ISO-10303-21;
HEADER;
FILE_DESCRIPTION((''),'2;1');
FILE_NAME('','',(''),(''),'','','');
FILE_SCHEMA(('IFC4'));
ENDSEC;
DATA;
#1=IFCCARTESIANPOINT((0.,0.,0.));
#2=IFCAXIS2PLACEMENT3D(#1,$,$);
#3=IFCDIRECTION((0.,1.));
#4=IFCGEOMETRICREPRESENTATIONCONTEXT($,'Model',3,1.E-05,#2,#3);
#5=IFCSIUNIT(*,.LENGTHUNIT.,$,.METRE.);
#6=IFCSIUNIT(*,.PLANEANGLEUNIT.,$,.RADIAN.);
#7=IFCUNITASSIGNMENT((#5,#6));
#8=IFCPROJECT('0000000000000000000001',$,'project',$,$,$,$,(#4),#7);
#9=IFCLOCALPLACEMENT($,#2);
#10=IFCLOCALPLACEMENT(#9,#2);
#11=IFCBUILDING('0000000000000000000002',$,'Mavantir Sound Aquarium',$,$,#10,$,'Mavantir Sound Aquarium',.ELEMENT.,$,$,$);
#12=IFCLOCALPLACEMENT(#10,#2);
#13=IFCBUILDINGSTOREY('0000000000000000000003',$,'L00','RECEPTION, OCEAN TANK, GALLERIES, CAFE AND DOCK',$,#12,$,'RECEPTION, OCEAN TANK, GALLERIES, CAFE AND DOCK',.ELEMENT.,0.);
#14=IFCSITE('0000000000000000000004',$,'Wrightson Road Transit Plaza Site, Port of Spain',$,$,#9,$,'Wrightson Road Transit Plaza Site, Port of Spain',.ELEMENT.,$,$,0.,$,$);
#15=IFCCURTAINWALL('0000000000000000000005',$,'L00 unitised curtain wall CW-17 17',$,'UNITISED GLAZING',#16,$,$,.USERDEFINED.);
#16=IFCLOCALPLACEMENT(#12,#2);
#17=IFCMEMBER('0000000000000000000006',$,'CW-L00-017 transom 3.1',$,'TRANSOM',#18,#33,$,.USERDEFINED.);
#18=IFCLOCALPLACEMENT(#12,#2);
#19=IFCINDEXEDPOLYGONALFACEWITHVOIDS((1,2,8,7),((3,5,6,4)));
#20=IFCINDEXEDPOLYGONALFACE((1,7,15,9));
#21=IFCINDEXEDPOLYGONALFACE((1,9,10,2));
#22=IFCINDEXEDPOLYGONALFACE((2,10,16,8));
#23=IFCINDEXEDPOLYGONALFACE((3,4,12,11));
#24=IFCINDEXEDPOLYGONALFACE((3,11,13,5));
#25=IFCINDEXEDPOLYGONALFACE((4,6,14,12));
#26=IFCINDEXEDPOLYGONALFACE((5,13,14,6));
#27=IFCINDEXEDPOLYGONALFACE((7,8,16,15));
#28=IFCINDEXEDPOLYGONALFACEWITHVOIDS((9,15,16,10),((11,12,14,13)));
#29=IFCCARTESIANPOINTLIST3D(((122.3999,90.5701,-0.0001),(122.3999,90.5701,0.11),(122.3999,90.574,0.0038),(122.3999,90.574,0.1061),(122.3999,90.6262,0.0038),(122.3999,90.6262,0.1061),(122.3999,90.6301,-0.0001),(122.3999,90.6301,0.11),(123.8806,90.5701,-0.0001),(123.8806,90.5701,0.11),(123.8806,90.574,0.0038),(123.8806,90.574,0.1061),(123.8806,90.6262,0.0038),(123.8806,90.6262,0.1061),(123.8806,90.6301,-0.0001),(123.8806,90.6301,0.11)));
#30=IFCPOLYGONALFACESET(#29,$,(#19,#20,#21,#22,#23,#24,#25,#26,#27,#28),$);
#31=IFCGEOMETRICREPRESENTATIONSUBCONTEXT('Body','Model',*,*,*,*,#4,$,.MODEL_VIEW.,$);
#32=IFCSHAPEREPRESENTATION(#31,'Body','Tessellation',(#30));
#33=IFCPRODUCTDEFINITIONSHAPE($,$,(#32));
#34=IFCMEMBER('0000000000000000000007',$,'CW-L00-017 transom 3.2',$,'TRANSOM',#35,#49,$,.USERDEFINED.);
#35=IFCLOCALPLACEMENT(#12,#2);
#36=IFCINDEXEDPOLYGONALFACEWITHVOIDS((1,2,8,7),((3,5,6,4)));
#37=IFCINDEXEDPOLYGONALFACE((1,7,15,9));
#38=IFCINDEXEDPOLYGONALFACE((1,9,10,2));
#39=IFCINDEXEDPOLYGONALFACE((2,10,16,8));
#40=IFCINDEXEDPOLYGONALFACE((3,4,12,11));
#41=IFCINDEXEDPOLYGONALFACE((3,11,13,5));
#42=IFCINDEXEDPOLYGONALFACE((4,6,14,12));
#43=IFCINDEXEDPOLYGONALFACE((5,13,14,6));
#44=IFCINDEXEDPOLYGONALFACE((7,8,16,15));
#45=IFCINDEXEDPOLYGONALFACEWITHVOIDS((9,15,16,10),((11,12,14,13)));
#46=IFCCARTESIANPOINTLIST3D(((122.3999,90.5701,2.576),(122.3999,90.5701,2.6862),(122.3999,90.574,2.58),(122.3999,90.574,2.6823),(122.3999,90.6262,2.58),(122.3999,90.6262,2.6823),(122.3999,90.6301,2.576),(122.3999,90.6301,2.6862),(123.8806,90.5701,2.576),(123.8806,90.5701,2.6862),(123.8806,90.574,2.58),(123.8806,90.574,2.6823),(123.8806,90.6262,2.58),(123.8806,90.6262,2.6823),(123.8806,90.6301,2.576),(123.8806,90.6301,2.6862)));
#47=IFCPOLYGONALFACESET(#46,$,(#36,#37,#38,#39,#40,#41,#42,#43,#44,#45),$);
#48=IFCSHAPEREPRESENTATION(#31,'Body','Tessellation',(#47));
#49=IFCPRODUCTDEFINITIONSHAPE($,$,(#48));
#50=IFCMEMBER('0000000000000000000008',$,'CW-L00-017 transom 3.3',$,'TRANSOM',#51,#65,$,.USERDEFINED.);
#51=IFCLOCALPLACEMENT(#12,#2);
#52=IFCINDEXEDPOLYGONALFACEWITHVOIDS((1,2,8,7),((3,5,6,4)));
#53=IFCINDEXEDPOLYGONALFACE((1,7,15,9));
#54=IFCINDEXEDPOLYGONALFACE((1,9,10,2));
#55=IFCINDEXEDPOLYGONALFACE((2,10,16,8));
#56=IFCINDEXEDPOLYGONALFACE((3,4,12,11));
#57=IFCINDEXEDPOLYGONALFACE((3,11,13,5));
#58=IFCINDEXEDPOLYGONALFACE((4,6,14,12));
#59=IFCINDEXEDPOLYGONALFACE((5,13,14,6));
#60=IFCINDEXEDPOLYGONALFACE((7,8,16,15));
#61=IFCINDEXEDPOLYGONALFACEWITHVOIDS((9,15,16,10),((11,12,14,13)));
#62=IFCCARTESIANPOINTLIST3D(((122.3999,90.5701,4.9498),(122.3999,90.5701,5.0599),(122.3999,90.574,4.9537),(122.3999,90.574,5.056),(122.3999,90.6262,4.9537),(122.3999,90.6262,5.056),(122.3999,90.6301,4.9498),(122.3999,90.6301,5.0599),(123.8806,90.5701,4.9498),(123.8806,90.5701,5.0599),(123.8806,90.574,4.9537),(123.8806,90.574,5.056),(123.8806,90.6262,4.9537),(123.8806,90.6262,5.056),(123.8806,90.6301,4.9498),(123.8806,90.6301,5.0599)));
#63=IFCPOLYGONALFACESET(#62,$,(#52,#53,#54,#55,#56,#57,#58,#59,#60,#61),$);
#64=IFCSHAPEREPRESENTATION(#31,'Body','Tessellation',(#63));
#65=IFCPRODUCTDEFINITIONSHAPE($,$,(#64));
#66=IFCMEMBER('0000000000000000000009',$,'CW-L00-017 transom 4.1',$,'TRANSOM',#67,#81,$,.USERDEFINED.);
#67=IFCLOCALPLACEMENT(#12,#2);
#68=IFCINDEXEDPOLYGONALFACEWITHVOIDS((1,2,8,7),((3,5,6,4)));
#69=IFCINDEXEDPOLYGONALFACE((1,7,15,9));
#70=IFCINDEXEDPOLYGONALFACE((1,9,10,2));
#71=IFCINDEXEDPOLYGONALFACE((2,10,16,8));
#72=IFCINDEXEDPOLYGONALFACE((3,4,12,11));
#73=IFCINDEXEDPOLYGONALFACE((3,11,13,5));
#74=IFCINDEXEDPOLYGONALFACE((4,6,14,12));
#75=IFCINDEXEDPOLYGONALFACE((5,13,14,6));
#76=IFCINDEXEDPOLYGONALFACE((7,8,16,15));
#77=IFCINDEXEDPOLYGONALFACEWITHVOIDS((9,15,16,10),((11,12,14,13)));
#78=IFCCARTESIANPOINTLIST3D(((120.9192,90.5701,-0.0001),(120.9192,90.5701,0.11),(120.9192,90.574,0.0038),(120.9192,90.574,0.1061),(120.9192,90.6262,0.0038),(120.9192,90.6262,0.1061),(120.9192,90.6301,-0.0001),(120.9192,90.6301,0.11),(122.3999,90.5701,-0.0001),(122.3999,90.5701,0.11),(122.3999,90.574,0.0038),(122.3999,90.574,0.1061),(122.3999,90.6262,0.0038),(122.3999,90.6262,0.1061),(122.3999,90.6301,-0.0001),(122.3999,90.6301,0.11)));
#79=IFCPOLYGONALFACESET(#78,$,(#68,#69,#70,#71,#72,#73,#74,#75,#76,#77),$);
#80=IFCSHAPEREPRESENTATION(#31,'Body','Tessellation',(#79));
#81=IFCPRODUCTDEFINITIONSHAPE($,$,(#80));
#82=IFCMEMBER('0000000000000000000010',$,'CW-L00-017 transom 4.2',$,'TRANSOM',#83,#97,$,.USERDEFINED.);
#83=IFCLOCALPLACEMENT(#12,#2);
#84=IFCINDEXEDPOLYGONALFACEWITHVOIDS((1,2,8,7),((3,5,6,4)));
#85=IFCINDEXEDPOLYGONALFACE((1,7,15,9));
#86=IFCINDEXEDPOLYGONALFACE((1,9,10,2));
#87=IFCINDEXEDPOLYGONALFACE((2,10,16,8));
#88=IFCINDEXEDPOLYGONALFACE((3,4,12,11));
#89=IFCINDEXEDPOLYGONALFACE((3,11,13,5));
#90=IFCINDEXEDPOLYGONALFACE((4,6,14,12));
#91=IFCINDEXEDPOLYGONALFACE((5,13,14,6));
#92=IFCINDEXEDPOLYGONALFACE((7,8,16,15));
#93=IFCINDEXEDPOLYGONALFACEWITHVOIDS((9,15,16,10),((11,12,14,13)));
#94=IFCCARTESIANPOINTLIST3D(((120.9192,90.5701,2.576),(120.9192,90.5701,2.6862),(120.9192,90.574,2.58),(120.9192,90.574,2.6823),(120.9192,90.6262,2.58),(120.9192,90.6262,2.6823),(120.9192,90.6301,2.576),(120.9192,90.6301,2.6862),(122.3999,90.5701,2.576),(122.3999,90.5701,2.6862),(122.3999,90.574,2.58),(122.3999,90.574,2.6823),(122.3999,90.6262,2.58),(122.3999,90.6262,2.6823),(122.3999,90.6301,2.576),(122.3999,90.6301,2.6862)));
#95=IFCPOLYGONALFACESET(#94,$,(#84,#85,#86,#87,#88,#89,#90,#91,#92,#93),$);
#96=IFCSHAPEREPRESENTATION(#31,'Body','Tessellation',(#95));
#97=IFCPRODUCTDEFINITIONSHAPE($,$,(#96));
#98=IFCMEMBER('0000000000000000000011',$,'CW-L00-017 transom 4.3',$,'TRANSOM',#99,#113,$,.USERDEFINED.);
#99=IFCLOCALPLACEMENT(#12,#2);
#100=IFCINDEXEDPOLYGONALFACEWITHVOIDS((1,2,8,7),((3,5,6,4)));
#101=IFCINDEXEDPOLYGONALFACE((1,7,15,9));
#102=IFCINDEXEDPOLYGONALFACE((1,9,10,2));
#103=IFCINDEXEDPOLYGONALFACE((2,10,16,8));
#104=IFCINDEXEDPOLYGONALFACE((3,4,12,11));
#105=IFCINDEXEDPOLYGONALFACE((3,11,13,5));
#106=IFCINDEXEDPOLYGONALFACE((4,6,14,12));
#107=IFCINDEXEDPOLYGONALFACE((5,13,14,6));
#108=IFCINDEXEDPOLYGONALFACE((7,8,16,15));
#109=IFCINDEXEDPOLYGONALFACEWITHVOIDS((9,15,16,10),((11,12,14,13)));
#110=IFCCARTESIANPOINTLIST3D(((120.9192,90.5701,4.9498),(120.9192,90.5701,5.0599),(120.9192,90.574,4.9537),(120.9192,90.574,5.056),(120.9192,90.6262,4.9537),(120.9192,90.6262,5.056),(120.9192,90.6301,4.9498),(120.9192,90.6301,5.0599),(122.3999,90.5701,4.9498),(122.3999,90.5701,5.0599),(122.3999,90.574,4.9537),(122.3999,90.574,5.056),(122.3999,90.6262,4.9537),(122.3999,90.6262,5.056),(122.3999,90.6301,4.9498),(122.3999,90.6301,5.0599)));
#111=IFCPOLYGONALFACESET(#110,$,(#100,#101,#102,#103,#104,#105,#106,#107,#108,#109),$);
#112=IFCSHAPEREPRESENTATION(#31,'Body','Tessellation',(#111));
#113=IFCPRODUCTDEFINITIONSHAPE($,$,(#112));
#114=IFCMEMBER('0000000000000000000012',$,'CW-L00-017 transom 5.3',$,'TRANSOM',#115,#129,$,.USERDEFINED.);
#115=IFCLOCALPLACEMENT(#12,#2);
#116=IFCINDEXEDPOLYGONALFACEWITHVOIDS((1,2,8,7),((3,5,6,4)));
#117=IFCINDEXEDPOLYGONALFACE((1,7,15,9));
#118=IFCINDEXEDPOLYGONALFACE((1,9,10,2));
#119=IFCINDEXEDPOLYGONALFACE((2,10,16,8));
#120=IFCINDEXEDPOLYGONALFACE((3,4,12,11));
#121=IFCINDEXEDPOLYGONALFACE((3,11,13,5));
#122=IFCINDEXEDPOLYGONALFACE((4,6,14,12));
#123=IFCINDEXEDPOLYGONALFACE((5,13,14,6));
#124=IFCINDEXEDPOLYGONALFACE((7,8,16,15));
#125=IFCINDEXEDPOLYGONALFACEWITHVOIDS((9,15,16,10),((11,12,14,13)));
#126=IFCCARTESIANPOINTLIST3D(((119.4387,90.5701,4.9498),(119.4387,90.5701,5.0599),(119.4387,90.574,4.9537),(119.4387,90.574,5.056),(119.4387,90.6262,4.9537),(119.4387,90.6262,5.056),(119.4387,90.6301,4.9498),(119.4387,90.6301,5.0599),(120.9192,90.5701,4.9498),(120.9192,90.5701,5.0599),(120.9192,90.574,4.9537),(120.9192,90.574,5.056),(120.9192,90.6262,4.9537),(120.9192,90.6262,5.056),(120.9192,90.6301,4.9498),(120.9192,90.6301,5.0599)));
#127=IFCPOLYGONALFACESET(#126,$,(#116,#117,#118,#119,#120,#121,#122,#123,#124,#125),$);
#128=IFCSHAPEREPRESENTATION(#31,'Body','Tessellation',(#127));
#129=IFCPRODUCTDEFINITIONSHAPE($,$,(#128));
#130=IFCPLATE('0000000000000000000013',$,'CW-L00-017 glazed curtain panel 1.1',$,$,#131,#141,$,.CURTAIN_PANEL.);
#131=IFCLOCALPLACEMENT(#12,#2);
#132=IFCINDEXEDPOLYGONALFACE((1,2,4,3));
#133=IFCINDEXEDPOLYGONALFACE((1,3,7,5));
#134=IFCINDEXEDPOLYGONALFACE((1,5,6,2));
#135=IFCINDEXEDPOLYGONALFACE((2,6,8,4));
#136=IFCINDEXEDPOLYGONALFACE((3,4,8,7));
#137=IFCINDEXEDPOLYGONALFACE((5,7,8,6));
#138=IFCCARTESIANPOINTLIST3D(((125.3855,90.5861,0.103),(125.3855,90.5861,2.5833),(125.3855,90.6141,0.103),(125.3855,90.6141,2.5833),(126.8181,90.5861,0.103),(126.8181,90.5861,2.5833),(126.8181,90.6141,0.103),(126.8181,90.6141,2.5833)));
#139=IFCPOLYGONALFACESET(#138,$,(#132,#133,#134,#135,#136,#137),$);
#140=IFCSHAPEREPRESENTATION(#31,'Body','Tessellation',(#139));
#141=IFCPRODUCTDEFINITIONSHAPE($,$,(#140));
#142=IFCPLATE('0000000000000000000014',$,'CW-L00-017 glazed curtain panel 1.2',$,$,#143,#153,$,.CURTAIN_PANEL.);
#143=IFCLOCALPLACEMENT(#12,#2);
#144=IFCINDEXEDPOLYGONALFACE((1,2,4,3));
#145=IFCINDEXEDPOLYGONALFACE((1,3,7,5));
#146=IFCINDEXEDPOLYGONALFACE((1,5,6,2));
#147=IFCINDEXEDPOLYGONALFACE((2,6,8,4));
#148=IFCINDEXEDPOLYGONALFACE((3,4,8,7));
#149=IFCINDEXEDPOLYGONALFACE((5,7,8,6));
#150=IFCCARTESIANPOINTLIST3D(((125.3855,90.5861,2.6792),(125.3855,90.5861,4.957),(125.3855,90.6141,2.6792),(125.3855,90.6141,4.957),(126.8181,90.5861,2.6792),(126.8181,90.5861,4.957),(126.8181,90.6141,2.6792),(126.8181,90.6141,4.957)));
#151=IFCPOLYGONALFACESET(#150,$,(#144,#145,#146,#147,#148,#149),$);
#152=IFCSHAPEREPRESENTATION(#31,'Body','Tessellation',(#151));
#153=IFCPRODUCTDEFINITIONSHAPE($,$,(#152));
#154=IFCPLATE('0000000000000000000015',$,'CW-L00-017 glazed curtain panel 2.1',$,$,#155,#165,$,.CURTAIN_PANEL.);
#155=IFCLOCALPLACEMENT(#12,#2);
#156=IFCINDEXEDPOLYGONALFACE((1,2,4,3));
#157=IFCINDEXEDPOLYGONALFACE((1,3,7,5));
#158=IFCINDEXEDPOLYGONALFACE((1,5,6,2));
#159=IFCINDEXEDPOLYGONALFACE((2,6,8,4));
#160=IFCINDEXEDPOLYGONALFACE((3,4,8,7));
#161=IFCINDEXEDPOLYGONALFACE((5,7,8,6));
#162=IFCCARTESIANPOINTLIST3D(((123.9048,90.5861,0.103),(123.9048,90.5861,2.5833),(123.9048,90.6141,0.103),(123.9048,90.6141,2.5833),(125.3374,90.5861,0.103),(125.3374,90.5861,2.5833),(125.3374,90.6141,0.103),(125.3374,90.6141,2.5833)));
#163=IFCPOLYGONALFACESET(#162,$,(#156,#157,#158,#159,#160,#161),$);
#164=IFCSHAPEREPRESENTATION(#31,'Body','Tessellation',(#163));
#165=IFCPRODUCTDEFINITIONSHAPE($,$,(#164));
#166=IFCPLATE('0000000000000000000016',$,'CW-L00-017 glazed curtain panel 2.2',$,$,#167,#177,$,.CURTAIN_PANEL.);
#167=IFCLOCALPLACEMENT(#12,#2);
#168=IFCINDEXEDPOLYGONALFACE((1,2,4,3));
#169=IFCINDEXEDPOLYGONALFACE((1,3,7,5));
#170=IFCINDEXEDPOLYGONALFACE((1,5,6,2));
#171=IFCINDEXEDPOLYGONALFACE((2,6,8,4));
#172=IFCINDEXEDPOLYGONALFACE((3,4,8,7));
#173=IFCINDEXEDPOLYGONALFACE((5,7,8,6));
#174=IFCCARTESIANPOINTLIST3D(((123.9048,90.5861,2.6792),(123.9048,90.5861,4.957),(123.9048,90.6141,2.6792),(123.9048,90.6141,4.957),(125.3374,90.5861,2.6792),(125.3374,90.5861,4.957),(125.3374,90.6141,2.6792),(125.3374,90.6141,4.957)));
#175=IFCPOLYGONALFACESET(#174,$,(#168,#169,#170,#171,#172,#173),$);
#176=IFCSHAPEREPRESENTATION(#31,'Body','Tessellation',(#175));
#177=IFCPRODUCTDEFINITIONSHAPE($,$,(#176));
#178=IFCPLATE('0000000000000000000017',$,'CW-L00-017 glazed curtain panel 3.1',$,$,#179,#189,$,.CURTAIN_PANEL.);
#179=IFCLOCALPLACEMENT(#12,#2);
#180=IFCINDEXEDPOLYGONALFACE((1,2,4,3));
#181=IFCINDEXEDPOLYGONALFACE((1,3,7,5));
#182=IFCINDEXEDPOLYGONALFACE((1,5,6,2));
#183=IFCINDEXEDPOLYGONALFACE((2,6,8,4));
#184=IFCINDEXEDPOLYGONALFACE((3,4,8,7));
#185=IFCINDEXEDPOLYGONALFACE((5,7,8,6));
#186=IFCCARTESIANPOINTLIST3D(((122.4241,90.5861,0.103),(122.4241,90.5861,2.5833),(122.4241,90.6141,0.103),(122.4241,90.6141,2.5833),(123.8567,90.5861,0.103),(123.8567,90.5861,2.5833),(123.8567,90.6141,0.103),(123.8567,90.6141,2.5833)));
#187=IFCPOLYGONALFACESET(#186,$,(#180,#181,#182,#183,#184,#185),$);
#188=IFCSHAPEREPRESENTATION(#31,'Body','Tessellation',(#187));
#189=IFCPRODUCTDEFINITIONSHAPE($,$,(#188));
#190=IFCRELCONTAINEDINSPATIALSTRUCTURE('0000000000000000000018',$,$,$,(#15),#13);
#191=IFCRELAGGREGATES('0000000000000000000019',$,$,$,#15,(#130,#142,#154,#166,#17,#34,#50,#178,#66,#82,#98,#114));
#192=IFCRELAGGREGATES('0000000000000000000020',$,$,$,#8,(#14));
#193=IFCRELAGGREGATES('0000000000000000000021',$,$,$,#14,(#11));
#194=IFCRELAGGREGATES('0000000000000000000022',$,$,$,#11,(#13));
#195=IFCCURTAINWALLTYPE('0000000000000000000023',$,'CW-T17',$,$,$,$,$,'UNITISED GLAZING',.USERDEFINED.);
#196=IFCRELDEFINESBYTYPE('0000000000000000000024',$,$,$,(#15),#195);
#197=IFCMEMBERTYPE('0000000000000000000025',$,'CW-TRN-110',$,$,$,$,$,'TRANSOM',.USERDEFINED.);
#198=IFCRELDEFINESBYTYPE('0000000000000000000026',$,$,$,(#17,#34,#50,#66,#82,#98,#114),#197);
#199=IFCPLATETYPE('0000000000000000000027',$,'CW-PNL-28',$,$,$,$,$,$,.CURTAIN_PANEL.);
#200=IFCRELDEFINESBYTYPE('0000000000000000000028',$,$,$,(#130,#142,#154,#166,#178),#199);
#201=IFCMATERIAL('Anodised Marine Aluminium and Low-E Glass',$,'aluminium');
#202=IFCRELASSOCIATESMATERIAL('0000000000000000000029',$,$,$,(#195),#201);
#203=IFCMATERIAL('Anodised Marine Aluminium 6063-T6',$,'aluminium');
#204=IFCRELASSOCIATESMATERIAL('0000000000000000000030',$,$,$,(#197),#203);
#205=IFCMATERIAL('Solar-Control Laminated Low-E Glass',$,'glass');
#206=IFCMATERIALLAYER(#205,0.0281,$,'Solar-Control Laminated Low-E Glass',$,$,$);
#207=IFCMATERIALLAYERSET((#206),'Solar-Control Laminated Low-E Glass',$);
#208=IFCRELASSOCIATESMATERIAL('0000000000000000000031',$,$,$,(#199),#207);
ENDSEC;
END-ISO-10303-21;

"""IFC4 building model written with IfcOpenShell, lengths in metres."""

from ifc_helpers import new_model, si_unit, direction, frame, origin, origin_2d, place, context, subcontext, project, spatial, rectangle, hollow_rectangle, extrude, material, layer, layer_set, material_profile, profile_set, type_object, element, aggregate, save


model = new_model("IFC4")

# Units and contexts
model_context = context("Model", 3, precision=1e-05, world=origin(), true_north=direction((0.0, 1.0)))
body_context = subcontext(model_context, "Body", "Model", "MODEL_VIEW")
ifc_project = project(units=[si_unit("LENGTHUNIT", "METRE"), si_unit("PLANEANGLEUNIT", "RADIAN")], contexts=[model_context])

# Site, building, storey
site_placement = place(None, origin())
site = spatial("IfcSite", under=ifc_project, at=site_placement, Name="Wrightson Road Transit Plaza Site, Port of Spain", LongName="Wrightson Road Transit Plaza Site, Port of Spain", CompositionType="ELEMENT", RefElevation=0.0)
building_placement = place(site_placement, origin())
building = spatial("IfcBuilding", under=site, at=building_placement, Name="Mavantir Sound Aquarium", LongName="Mavantir Sound Aquarium", CompositionType="ELEMENT")
storey_placement = place(building_placement, origin())
storey = spatial("IfcBuildingStorey", under=building, at=storey_placement, Name="L00", Description="RECEPTION, OCEAN TANK, GALLERIES, CAFE AND DOCK", LongName="RECEPTION, OCEAN TANK, GALLERIES, CAFE AND DOCK", CompositionType="ELEMENT", Elevation=0.0)

# Curtain wall, members, plates
ifc_material_1 = material(Name="Anodised Marine Aluminium and Low-E Glass", Category="aluminium")
curtain_wall_type = type_object("IfcCurtainWallType", Name="CW-T17", ElementType="UNITISED GLAZING", PredefinedType="USERDEFINED", material=ifc_material_1)
curtain_wall_placement = place(storey_placement, origin())
curtain_wall = element("IfcCurtainWall", 1, at=curtain_wall_placement, inside=storey, type_object=curtain_wall_type, Name="L00 unitised curtain wall CW-17 17", ObjectType="UNITISED GLAZING", PredefinedType="USERDEFINED")
ifc_material_2 = material(Name="Anodised Marine Aluminium 6063-T6", Category="aluminium")
ifc_material_profile_1 = material_profile(ifc_material_2, hollow_rectangle(XDim=0.0601, YDim=0.1101, WallThickness=0.0039, at=origin_2d()), Name="ALU-TRANSOM-110X60")
ifc_profile_set_1 = profile_set([ifc_material_profile_1], Name="Anodised Marine Aluminium 6063-T6")
member_type_1 = type_object("IfcMemberType", Name="CW-TRN-110", ElementType="TRANSOM", PredefinedType="USERDEFINED", material=ifc_profile_set_1)
member_1_placement = place(storey_placement, frame((123.8806, 90.6001, 0.0549), z_axis=(-1.0, 0.0, 0.0), x_axis=(0.0, -1.0, 0.0)))
member_1 = element("IfcMember", 2, at=member_1_placement, type_object=member_type_1, Name="CW-L00-017 transom 3.1", ObjectType="TRANSOM", PredefinedType="USERDEFINED", context=body_context, shape_type="SweptSolid", body=[
    extrude(hollow_rectangle(XDim=0.0601, YDim=0.1101, WallThickness=0.0039, at=origin_2d()), origin(), (0.0, 0.0, 1.0), 1.4807),
])
member_2_placement = place(storey_placement, frame((123.8806, 90.6001, 2.6311), z_axis=(-1.0, 0.0, 0.0), x_axis=(0.0, -1.0, 0.0)))
member_2 = element("IfcMember", 3, at=member_2_placement, type_object=member_type_1, Name="CW-L00-017 transom 3.2", ObjectType="TRANSOM", PredefinedType="USERDEFINED", context=body_context, shape_type="SweptSolid", body=[
    extrude(hollow_rectangle(XDim=0.0601, YDim=0.1101, WallThickness=0.0039, at=origin_2d()), origin(), (0.0, 0.0, 1.0), 1.4807),
])
member_3_placement = place(storey_placement, frame((123.8806, 90.6001, 5.0049), z_axis=(-1.0, 0.0, 0.0), x_axis=(0.0, -1.0, 0.0)))
member_3 = element("IfcMember", 4, at=member_3_placement, type_object=member_type_1, Name="CW-L00-017 transom 3.3", ObjectType="TRANSOM", PredefinedType="USERDEFINED", context=body_context, shape_type="SweptSolid", body=[
    extrude(hollow_rectangle(XDim=0.0601, YDim=0.1101, WallThickness=0.0039, at=origin_2d()), origin(), (0.0, 0.0, 1.0), 1.4807),
])
member_4_placement = place(storey_placement, frame((122.3999, 90.6001, 0.0549), z_axis=(-1.0, 0.0, 0.0), x_axis=(0.0, -1.0, 0.0)))
member_4 = element("IfcMember", 5, at=member_4_placement, type_object=member_type_1, Name="CW-L00-017 transom 4.1", ObjectType="TRANSOM", PredefinedType="USERDEFINED", context=body_context, shape_type="SweptSolid", body=[
    extrude(hollow_rectangle(XDim=0.0601, YDim=0.1101, WallThickness=0.0039, at=origin_2d()), origin(), (0.0, 0.0, 1.0), 1.4807),
])
member_5_placement = place(storey_placement, frame((122.3999, 90.6001, 2.6311), z_axis=(-1.0, 0.0, 0.0), x_axis=(0.0, -1.0, 0.0)))
member_5 = element("IfcMember", 6, at=member_5_placement, type_object=member_type_1, Name="CW-L00-017 transom 4.2", ObjectType="TRANSOM", PredefinedType="USERDEFINED", context=body_context, shape_type="SweptSolid", body=[
    extrude(hollow_rectangle(XDim=0.0601, YDim=0.1101, WallThickness=0.0039, at=origin_2d()), origin(), (0.0, 0.0, 1.0), 1.4807),
])
member_6_placement = place(storey_placement, frame((122.3999, 90.6001, 5.0049), z_axis=(-1.0, 0.0, 0.0), x_axis=(0.0, -1.0, 0.0)))
member_6 = element("IfcMember", 7, at=member_6_placement, type_object=member_type_1, Name="CW-L00-017 transom 4.3", ObjectType="TRANSOM", PredefinedType="USERDEFINED", context=body_context, shape_type="SweptSolid", body=[
    extrude(hollow_rectangle(XDim=0.0601, YDim=0.1101, WallThickness=0.0039, at=origin_2d()), origin(), (0.0, 0.0, 1.0), 1.4807),
])
member_7_placement = place(storey_placement, frame((120.9192, 90.6001, 5.0049), z_axis=(-1.0, 0.0, 0.0), x_axis=(0.0, -1.0, 0.0)))
member_7 = element("IfcMember", 8, at=member_7_placement, type_object=member_type_1, Name="CW-L00-017 transom 5.3", ObjectType="TRANSOM", PredefinedType="USERDEFINED", context=body_context, shape_type="SweptSolid", body=[
    extrude(hollow_rectangle(XDim=0.0601, YDim=0.1101, WallThickness=0.0039, at=origin_2d()), origin(), (0.0, 0.0, 1.0), 1.4805),
])
ifc_material_3 = material(Name="Solar-Control Laminated Low-E Glass", Category="glass")
ifc_layer = layer(ifc_material_3, 0.0281, Name="Solar-Control Laminated Low-E Glass")
ifc_layer_set = layer_set([ifc_layer], Name="Solar-Control Laminated Low-E Glass")
plate_type = type_object("IfcPlateType", Name="CW-PNL-28", PredefinedType="CURTAIN_PANEL", material=ifc_layer_set)
plate_1_placement = place(storey_placement, frame((126.1018, 90.6001, 0.103), z_axis=(0.0, 0.0, 1.0), x_axis=(-1.0, 0.0, 0.0)))
plate_1 = element("IfcPlate", 9, at=plate_1_placement, type_object=plate_type, Name="CW-L00-017 glazed curtain panel 1.1", PredefinedType="CURTAIN_PANEL", context=body_context, shape_type="SweptSolid", body=[
    extrude(rectangle(XDim=1.4326, YDim=0.0281, at=origin_2d()), origin(), (0.0, 0.0, 1.0), 2.4802),
])
plate_2_placement = place(storey_placement, frame((126.1018, 90.6001, 2.6792), z_axis=(0.0, 0.0, 1.0), x_axis=(-1.0, 0.0, 0.0)))
plate_2 = element("IfcPlate", 10, at=plate_2_placement, type_object=plate_type, Name="CW-L00-017 glazed curtain panel 1.2", PredefinedType="CURTAIN_PANEL", context=body_context, shape_type="SweptSolid", body=[
    extrude(rectangle(XDim=1.4326, YDim=0.0281, at=origin_2d()), origin(), (0.0, 0.0, 1.0), 2.2778),
])
plate_3_placement = place(storey_placement, frame((124.6211, 90.6001, 0.103), z_axis=(0.0, 0.0, 1.0), x_axis=(-1.0, 0.0, 0.0)))
plate_3 = element("IfcPlate", 11, at=plate_3_placement, type_object=plate_type, Name="CW-L00-017 glazed curtain panel 2.1", PredefinedType="CURTAIN_PANEL", context=body_context, shape_type="SweptSolid", body=[
    extrude(rectangle(XDim=1.4326, YDim=0.0281, at=origin_2d()), origin(), (0.0, 0.0, 1.0), 2.4802),
])
plate_4_placement = place(storey_placement, frame((124.6211, 90.6001, 2.6792), z_axis=(0.0, 0.0, 1.0), x_axis=(-1.0, 0.0, 0.0)))
plate_4 = element("IfcPlate", 12, at=plate_4_placement, type_object=plate_type, Name="CW-L00-017 glazed curtain panel 2.2", PredefinedType="CURTAIN_PANEL", context=body_context, shape_type="SweptSolid", body=[
    extrude(rectangle(XDim=1.4326, YDim=0.0281, at=origin_2d()), origin(), (0.0, 0.0, 1.0), 2.2778),
])
plate_5_placement = place(storey_placement, frame((123.1404, 90.6001, 0.103), z_axis=(0.0, 0.0, 1.0), x_axis=(-1.0, 0.0, 0.0)))
plate_5 = element("IfcPlate", 13, at=plate_5_placement, type_object=plate_type, Name="CW-L00-017 glazed curtain panel 3.1", PredefinedType="CURTAIN_PANEL", context=body_context, shape_type="SweptSolid", body=[
    extrude(rectangle(XDim=1.4326, YDim=0.0281, at=origin_2d()), origin(), (0.0, 0.0, 1.0), 2.4802),
])
aggregate(curtain_wall, [plate_1, plate_2, plate_3, plate_4, member_1, member_2, member_3, plate_5, member_4, member_5, member_6, member_7])

save(model, "model.ifc")
